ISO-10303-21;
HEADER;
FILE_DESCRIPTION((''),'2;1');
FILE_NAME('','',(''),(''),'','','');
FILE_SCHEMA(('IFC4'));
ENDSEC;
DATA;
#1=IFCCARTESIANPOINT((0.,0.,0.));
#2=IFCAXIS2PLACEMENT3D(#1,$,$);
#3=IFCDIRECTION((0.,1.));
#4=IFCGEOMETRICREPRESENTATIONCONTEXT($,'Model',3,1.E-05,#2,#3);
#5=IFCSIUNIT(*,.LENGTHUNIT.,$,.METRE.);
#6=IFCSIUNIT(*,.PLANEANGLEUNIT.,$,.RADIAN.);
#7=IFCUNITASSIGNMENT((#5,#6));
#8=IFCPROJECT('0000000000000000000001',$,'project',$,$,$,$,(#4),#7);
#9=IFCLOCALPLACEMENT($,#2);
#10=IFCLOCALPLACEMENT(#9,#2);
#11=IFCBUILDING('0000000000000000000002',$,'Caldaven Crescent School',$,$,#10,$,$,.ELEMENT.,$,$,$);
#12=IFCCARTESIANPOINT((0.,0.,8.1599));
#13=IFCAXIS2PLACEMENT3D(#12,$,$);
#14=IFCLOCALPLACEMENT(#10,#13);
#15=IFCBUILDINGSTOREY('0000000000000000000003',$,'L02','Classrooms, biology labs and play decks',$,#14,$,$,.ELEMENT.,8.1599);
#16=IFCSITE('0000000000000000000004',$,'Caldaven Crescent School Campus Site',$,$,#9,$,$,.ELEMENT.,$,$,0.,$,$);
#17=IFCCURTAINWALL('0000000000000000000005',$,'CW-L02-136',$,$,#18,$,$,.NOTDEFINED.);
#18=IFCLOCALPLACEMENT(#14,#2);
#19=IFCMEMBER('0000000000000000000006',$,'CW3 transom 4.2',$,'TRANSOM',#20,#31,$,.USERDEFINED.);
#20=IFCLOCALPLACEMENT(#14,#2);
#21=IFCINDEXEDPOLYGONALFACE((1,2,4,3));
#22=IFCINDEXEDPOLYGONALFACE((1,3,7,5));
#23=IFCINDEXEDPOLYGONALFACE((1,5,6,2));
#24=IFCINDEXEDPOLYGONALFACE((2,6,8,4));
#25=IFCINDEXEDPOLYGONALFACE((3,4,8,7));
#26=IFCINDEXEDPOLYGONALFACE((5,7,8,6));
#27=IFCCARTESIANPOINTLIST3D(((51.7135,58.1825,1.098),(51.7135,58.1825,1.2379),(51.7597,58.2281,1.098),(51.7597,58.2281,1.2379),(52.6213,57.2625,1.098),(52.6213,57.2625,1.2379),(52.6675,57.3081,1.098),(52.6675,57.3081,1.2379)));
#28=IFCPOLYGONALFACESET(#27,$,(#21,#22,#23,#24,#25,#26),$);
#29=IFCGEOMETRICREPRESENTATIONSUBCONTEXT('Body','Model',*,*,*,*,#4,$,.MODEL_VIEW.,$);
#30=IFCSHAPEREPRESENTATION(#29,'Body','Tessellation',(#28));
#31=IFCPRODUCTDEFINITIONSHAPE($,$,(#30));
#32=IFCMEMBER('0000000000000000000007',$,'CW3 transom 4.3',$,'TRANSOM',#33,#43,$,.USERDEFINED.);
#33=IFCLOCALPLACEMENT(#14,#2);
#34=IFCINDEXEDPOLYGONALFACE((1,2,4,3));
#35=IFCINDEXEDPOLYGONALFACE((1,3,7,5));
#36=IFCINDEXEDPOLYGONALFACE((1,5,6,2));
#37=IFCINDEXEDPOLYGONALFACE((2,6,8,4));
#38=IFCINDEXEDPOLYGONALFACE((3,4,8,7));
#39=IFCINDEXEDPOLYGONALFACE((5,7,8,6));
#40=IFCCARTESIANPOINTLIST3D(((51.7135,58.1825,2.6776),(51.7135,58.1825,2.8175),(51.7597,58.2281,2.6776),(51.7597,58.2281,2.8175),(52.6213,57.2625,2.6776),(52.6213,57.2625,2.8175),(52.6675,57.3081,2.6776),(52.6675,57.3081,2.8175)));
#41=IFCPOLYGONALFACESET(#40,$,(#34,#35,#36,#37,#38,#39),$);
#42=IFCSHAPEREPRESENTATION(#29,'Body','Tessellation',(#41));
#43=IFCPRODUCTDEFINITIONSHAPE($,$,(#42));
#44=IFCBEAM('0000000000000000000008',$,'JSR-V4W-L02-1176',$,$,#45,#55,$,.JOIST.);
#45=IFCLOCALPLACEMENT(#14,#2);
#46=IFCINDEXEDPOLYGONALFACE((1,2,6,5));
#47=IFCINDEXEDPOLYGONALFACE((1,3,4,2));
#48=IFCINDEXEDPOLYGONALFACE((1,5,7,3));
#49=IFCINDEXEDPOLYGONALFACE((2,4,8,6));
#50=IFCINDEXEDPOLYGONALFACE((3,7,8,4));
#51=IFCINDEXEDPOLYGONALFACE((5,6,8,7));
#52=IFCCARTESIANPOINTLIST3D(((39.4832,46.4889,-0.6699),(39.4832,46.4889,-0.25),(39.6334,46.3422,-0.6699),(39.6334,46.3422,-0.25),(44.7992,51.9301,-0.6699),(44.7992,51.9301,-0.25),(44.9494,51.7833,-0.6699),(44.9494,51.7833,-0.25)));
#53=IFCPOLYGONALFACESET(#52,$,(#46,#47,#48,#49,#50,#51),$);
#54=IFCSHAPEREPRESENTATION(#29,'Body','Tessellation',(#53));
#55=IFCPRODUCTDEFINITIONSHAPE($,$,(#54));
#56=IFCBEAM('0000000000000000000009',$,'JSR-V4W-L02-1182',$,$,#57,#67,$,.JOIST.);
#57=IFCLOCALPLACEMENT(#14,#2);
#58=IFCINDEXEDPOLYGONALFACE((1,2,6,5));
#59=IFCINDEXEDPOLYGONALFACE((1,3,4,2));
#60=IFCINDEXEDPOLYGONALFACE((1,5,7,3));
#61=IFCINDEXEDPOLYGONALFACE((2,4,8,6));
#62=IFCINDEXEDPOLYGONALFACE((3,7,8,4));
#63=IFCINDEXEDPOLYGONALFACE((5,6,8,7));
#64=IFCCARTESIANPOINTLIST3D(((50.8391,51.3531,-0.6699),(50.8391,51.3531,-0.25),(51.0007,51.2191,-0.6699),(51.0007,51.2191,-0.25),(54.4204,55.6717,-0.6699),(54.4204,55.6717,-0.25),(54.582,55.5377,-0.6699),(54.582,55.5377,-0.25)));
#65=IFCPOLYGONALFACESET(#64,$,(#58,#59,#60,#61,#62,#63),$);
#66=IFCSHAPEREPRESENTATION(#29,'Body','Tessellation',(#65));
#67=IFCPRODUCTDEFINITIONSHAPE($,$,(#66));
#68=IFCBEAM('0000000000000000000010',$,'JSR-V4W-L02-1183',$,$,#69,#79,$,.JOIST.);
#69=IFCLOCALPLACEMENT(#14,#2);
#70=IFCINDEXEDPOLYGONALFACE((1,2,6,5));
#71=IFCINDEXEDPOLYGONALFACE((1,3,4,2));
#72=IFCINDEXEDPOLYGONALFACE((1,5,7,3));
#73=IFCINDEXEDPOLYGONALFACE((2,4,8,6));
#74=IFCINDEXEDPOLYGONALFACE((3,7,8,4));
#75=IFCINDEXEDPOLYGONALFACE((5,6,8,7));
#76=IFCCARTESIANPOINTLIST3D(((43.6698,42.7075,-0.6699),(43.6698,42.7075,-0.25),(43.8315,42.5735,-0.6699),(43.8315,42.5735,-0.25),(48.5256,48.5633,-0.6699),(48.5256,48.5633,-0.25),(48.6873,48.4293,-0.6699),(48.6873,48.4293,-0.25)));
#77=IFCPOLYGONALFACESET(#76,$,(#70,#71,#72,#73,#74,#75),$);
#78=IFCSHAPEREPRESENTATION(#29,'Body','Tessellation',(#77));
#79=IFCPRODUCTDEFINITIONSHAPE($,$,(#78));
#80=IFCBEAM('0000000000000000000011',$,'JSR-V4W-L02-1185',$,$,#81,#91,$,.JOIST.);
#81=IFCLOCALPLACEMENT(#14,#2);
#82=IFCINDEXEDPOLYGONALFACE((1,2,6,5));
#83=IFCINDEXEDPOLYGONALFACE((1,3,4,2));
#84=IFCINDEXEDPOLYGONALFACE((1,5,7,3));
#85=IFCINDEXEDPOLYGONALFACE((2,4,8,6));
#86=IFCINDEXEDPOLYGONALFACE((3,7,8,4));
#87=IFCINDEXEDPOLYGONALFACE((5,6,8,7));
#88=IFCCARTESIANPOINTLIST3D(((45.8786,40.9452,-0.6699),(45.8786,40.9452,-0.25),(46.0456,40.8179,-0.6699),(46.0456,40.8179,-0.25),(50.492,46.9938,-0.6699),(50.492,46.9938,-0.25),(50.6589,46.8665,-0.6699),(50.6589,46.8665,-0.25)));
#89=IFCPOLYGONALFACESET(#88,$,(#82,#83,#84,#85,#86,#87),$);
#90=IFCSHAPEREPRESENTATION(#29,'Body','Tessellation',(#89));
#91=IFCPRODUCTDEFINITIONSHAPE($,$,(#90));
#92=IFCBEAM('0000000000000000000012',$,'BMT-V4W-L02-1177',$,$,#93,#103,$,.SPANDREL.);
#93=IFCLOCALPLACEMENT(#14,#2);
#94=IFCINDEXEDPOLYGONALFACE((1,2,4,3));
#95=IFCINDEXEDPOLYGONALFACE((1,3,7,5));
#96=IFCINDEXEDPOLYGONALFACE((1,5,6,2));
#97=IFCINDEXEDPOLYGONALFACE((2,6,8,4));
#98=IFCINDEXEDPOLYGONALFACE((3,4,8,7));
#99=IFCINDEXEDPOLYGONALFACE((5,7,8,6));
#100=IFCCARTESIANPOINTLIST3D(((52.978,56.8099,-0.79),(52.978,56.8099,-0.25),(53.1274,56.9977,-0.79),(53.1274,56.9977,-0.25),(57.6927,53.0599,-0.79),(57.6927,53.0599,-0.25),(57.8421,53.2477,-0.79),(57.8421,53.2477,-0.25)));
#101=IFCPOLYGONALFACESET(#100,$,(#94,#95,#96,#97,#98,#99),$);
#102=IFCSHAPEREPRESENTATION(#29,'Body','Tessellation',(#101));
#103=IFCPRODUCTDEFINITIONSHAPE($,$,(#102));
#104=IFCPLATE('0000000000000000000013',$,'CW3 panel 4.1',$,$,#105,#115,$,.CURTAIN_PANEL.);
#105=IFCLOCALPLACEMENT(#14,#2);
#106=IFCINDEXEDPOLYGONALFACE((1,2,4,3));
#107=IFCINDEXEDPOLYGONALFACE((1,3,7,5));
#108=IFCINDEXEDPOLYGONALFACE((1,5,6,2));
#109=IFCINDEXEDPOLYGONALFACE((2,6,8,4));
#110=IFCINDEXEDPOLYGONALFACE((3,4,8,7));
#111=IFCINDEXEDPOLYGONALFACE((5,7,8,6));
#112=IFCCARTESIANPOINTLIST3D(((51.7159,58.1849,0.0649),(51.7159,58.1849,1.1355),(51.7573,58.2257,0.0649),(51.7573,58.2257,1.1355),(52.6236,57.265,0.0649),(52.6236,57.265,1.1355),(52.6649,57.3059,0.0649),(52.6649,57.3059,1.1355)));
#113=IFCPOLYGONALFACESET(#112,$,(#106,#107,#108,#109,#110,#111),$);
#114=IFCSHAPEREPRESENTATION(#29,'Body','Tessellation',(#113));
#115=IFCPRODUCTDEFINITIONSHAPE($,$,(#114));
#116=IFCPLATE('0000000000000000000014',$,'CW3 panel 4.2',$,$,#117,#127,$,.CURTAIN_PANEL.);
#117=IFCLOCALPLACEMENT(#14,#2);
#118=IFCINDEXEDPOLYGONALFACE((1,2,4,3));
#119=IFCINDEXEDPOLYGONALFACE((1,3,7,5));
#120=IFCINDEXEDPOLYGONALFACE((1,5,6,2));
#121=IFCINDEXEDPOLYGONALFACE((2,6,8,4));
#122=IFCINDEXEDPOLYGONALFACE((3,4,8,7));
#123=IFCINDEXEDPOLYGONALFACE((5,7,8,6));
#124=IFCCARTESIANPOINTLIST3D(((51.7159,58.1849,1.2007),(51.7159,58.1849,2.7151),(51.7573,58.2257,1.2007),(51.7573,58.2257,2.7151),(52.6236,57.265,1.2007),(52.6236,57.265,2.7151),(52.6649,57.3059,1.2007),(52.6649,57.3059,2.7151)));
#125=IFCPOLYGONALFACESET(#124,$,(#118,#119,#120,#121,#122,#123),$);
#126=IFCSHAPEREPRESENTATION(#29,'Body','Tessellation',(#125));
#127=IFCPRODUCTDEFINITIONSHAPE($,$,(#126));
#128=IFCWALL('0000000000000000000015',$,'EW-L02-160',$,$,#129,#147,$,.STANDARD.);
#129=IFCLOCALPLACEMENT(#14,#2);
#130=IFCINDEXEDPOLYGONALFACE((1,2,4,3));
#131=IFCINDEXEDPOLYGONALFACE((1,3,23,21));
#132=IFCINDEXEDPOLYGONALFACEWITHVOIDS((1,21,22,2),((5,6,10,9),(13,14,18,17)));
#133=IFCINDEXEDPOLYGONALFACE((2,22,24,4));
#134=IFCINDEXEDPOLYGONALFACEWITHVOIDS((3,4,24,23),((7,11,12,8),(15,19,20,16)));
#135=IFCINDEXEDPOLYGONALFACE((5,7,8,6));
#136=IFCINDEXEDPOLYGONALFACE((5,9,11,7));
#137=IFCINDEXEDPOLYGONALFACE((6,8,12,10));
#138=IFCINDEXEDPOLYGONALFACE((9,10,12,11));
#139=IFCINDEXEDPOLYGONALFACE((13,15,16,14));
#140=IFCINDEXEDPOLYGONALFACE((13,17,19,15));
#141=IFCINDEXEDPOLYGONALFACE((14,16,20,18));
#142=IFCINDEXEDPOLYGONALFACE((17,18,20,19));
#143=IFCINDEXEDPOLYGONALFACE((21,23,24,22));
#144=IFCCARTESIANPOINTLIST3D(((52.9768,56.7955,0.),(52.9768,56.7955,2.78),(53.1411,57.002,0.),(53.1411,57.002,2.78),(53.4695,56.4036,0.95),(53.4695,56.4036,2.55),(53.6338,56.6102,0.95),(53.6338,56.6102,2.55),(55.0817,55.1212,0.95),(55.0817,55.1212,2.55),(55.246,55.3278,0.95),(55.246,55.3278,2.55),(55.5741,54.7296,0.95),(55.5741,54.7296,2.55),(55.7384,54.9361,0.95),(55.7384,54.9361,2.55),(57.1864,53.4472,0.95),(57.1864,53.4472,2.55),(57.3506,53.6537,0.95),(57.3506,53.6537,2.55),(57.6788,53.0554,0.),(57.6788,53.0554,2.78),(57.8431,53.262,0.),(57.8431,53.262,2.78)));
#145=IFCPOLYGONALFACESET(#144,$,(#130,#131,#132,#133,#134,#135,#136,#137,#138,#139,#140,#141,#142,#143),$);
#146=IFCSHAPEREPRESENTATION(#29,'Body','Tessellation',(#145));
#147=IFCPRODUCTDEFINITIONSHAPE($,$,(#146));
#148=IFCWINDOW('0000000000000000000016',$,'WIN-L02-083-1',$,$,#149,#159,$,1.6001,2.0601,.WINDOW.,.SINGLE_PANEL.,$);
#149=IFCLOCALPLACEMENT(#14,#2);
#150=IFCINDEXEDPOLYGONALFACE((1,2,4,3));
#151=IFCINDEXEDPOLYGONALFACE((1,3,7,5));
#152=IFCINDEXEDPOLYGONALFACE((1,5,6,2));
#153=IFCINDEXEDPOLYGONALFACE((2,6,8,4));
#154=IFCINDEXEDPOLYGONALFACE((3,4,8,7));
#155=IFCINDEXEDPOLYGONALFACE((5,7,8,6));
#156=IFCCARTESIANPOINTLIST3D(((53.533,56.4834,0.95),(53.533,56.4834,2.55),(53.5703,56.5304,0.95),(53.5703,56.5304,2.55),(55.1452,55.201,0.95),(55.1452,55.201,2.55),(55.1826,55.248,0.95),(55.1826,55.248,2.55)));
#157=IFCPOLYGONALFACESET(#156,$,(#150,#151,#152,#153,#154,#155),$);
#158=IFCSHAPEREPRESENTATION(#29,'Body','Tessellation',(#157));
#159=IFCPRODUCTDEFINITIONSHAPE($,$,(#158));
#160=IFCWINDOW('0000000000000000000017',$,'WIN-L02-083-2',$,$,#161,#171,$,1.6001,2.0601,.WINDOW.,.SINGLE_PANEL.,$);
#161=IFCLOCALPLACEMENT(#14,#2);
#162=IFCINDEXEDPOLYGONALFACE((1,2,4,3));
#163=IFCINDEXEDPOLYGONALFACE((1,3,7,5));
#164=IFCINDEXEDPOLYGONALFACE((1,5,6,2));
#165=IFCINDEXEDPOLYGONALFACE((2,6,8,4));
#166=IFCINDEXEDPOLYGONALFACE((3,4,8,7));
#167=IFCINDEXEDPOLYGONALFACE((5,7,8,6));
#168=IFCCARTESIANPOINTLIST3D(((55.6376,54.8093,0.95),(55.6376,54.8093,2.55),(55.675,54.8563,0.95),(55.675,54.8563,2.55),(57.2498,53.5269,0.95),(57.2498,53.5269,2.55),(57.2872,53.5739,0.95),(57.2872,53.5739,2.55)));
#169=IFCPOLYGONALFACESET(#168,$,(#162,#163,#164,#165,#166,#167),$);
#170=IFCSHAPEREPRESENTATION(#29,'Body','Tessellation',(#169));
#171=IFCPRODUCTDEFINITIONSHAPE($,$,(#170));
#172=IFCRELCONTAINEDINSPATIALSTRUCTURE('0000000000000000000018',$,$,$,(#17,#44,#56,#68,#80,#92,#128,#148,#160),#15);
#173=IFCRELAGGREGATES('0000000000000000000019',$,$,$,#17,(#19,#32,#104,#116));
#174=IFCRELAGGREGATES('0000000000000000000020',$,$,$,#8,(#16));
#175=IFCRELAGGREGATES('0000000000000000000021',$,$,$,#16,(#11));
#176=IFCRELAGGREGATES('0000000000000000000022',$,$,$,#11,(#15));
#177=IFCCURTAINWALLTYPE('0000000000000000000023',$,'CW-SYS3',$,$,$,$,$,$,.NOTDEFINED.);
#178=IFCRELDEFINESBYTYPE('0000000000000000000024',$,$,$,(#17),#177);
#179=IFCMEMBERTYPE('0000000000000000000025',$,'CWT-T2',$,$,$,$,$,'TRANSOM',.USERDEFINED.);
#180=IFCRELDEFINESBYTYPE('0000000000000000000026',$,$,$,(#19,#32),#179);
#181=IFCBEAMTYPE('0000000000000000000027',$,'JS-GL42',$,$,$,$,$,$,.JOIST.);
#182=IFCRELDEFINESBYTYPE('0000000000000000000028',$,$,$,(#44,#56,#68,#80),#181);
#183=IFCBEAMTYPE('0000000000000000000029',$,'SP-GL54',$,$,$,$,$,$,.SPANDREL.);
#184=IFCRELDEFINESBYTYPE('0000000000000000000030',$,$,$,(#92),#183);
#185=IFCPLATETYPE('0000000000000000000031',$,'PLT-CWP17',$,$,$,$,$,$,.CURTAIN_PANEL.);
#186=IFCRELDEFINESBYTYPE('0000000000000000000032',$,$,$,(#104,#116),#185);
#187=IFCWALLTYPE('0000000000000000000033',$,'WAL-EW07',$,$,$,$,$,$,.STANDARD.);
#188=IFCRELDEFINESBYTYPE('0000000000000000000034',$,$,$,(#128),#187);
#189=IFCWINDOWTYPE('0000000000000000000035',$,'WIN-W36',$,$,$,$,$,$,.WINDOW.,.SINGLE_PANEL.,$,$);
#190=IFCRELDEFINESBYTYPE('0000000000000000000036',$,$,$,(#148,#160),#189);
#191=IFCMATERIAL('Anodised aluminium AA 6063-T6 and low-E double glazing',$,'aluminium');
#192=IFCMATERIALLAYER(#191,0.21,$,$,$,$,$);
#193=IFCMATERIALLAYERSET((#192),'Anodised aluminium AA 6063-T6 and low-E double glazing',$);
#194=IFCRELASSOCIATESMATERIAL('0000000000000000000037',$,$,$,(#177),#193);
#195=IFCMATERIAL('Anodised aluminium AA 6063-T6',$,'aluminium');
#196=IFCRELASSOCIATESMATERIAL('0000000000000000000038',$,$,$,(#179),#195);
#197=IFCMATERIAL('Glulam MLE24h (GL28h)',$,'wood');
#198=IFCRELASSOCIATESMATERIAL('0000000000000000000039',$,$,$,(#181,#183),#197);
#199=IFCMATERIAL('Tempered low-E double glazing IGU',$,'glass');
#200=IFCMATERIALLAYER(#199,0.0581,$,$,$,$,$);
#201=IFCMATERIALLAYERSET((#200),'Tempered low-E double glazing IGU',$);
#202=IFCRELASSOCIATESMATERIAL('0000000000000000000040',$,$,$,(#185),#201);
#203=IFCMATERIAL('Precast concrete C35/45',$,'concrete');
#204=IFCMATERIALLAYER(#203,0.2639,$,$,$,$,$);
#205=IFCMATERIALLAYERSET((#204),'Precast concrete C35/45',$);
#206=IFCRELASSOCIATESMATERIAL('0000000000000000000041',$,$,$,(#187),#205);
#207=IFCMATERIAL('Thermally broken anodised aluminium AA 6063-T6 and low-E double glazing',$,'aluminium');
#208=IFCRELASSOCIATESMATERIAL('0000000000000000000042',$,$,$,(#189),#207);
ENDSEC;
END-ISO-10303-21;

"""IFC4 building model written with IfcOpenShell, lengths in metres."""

from ifc_helpers import new_model, si_unit, direction, frame, frame_2d, origin, origin_2d, place, context, subcontext, project, spatial, rectangle, extrude, material, layer, layer_set, material_profile, profile_set, type_object, element, fill, aggregate, save


model = new_model("IFC4")

# Units and contexts
model_context = context("Model", 3, precision=1e-05, world=origin(), true_north=direction((0.0, 1.0)))
body_context = subcontext(model_context, "Body", "Model", "MODEL_VIEW")
ifc_project = project(units=[si_unit("LENGTHUNIT", "METRE"), si_unit("PLANEANGLEUNIT", "RADIAN")], contexts=[model_context])

# Site, building, storey
site_placement = place(None, origin())
site = spatial("IfcSite", under=ifc_project, at=site_placement, Name="Caldaven Crescent School Campus Site", CompositionType="ELEMENT", RefElevation=0.0)
building_placement = place(site_placement, origin())
building = spatial("IfcBuilding", under=site, at=building_placement, Name="Caldaven Crescent School", CompositionType="ELEMENT")
storey_placement = place(building_placement, frame((0.0, 0.0, 8.1599)))
storey = spatial("IfcBuildingStorey", under=building, at=storey_placement, Name="L02", Description="Classrooms, biology labs and play decks", CompositionType="ELEMENT", Elevation=8.1599)

# Shared definitions
ifc_material_1 = material(Name="Glulam MLE24h (GL28h)", Category="wood")

# Curtain wall, members
ifc_material_2 = material(Name="Anodised aluminium AA 6063-T6 and low-E double glazing", Category="aluminium")
ifc_layer_1 = layer(ifc_material_2, 0.21)
ifc_layer_set_1 = layer_set([ifc_layer_1], Name="Anodised aluminium AA 6063-T6 and low-E double glazing")
curtain_wall_type = type_object("IfcCurtainWallType", Name="CW-SYS3", PredefinedType="NOTDEFINED", material=ifc_layer_set_1)
curtain_wall_placement = place(storey_placement, origin())
curtain_wall = element("IfcCurtainWall", 1, at=curtain_wall_placement, inside=storey, type_object=curtain_wall_type, Name="CW-L02-136", PredefinedType="NOTDEFINED")
ifc_material_3 = material(Name="Anodised aluminium AA 6063-T6", Category="aluminium")
ifc_material_profile_1 = material_profile(ifc_material_3, rectangle(XDim=0.0649, YDim=0.1399, at=origin_2d()), Name="CWT 65x140")
ifc_profile_set_1 = profile_set([ifc_material_profile_1], Name="Anodised aluminium AA 6063-T6")
member_type_1 = type_object("IfcMemberType", Name="CWT-T2", ElementType="TRANSOM", PredefinedType="USERDEFINED", material=ifc_profile_set_1)
member_1_placement = place(storey_placement, frame((51.7366, 58.2053, 1.168), z_axis=(0.702368, -0.711814, 0.0), x_axis=(0.711814, 0.702368, 0.0)))
member_1 = element("IfcMember", 2, at=member_1_placement, type_object=member_type_1, Name="CW3 transom 4.2", ObjectType="TRANSOM", PredefinedType="USERDEFINED", context=body_context, shape_type="SweptSolid", body=[
    extrude(rectangle(XDim=0.0649, YDim=0.1399, at=origin_2d()), origin(), (0.0, 0.0, 1.0), 1.2925),
])
member_2_placement = place(storey_placement, frame((51.7366, 58.2053, 2.7476), z_axis=(0.702368, -0.711814, 0.0), x_axis=(0.711814, 0.702368, 0.0)))
member_2 = element("IfcMember", 3, at=member_2_placement, type_object=member_type_1, Name="CW3 transom 4.3", ObjectType="TRANSOM", PredefinedType="USERDEFINED", context=body_context, shape_type="SweptSolid", body=[
    extrude(rectangle(XDim=0.0649, YDim=0.1399, at=origin_2d()), origin(), (0.0, 0.0, 1.0), 1.2925),
])

# Beams
ifc_material_profile_2 = material_profile(ifc_material_1, rectangle(XDim=0.21, YDim=0.4199, at=origin_2d()), Name="MLE 210x420")
ifc_profile_set_2 = profile_set([ifc_material_profile_2], Name="Glulam MLE24h (GL28h)")
beam_type_1 = type_object("IfcBeamType", Name="JS-GL42", PredefinedType="JOIST", material=ifc_profile_set_2)
beam_1_placement = place(storey_placement, frame((44.8743, 51.8567, -0.46), z_axis=(-0.698827, -0.715291, 0.0), x_axis=(0.715291, -0.698827, 0.0)))
element("IfcBeam", 4, at=beam_1_placement, inside=storey, type_object=beam_type_1, Name="JSR-V4W-L02-1176", PredefinedType="JOIST", context=body_context, shape_type="SweptSolid", body=[
    extrude(rectangle(XDim=0.21, YDim=0.4199, at=origin_2d()), origin(), (0.0, 0.0, 1.0), 7.6069),
])
beam_2_placement = place(storey_placement, frame((54.5012, 55.6047, -0.46), z_axis=(-0.638338, -0.769756, 0.0), x_axis=(0.769756, -0.638338, 0.0)))
element("IfcBeam", 5, at=beam_2_placement, inside=storey, type_object=beam_type_1, Name="JSR-V4W-L02-1182", PredefinedType="JOIST", context=body_context, shape_type="SweptSolid", body=[
    extrude(rectangle(XDim=0.21, YDim=0.4199, at=origin_2d()), origin(), (0.0, 0.0, 1.0), 5.6104),
])
for number, where, z_axis, x_axis, name in (
    (6, (48.6064, 48.4963, -0.46), (-0.638317, -0.769774, 0.0), (0.769774, -0.638317, 0.0), "JSR-V4W-L02-1183"),
    (7, (50.5754, 46.9302, -0.46), (-0.606445, -0.795125, 0.0), (0.795125, -0.606445, 0.0), "JSR-V4W-L02-1185"),
):
    element("IfcBeam", number, at=place(storey_placement, frame(where, z_axis=z_axis, x_axis=x_axis)), inside=storey, type_object=beam_type_1, Name=name, PredefinedType="JOIST", context=body_context, shape_type="SweptSolid", body=[
        extrude(rectangle(XDim=0.21, YDim=0.4199, at=origin_2d()), origin(), (0.0, 0.0, 1.0), 7.6072),
    ])
ifc_material_profile_3 = material_profile(ifc_material_1, rectangle(XDim=0.24, YDim=0.54, at=origin_2d()), Name="MLE 240x540")
ifc_profile_set_3 = profile_set([ifc_material_profile_3], Name="Glulam MLE24h (GL28h)")
beam_type_2 = type_object("IfcBeamType", Name="SP-GL54", PredefinedType="SPANDREL", material=ifc_profile_set_3)
beam_3_placement = place(storey_placement, frame((53.0527, 56.9038, -0.52), z_axis=(0.782621, -0.622498, 0.0), x_axis=(0.622498, 0.782621, 0.0)))
element("IfcBeam", 8, at=beam_3_placement, inside=storey, type_object=beam_type_2, Name="BMT-V4W-L02-1177", PredefinedType="SPANDREL", context=body_context, shape_type="SweptSolid", body=[
    extrude(rectangle(XDim=0.24, YDim=0.54, at=origin_2d()), origin(), (0.0, 0.0, 1.0), 6.0242),
])

# Plates
ifc_material_4 = material(Name="Tempered low-E double glazing IGU", Category="glass")
ifc_layer_2 = layer(ifc_material_4, 0.0581)
ifc_layer_set_2 = layer_set([ifc_layer_2], Name="Tempered low-E double glazing IGU")
plate_type = type_object("IfcPlateType", Name="PLT-CWP17", PredefinedType="CURTAIN_PANEL", material=ifc_layer_set_2)
plate_1_placement = place(storey_placement, frame((52.1904, 57.7454, 0.0649), z_axis=(0.0, 0.0, 1.0), x_axis=(0.70237, -0.711812, 0.0)))
plate_1 = element("IfcPlate", 9, at=plate_1_placement, type_object=plate_type, Name="CW3 panel 4.1", PredefinedType="CURTAIN_PANEL", context=body_context, shape_type="SweptSolid", body=[
    extrude(rectangle(XDim=1.2922, YDim=0.0581, at=origin_2d()), origin(), (0.0, 0.0, 1.0), 1.0706),
])
plate_2_placement = place(storey_placement, frame((52.1904, 57.7454, 1.2007), z_axis=(0.0, 0.0, 1.0), x_axis=(0.70237, -0.711812, 0.0)))
plate_2 = element("IfcPlate", 10, at=plate_2_placement, type_object=plate_type, Name="CW3 panel 4.2", PredefinedType="CURTAIN_PANEL", context=body_context, shape_type="SweptSolid", body=[
    extrude(rectangle(XDim=1.2922, YDim=0.0581, at=origin_2d()), origin(), (0.0, 0.0, 1.0), 1.5144),
])
aggregate(curtain_wall, [member_1, member_2, plate_1, plate_2])

# Wall, openings, windows
ifc_material_5 = material(Name="Precast concrete C35/45", Category="concrete")
ifc_layer_3 = layer(ifc_material_5, 0.2639)
ifc_layer_set_3 = layer_set([ifc_layer_3], Name="Precast concrete C35/45")
wall_type_1 = type_object("IfcWallType", Name="WAL-EW07", PredefinedType="STANDARD", material=ifc_layer_set_3)
wall_1_placement = place(storey_placement, frame((53.0591, 56.8987, 0.0), z_axis=(0.0, 0.0, 1.0), x_axis=(0.782614, -0.622507, 0.0)))
wall_1 = element("IfcWall", 11, at=wall_1_placement, inside=storey, type_object=wall_type_1, Name="EW-L02-160", PredefinedType="STANDARD", context=body_context, shape_type="SweptSolid", body=[
    extrude(rectangle(XDim=6.0081, YDim=0.2639, at=frame_2d((3.0039, 0.0))), origin(), (0.0, 0.0, 1.0), 2.78),
])
opening_1_placement = place(wall_1_placement, frame((0.6294, 0.0, 0.95)))
opening_1 = element("IfcOpeningElement", 12, at=opening_1_placement, cuts=wall_1, PredefinedType="OPENING", context=body_context, shape_type="SweptSolid", body=[
    extrude(rectangle(XDim=2.0601, YDim=1.6001, at=frame_2d((1.03, 0.8))), frame((0.0, 0.1418, 0.0), z_axis=(0.0, -1.0, 0.0), x_axis=(1.0, 0.0, 0.0)), (0.0, 0.0, 1.0), 0.2839),
])
opening_2_placement = place(wall_1_placement, frame((3.3186, 0.0, 0.95)))
opening_2 = element("IfcOpeningElement", 13, at=opening_2_placement, cuts=wall_1, PredefinedType="OPENING", context=body_context, shape_type="SweptSolid", body=[
    extrude(rectangle(XDim=2.0601, YDim=1.6001, at=frame_2d((1.03, 0.8))), frame((0.0, 0.1418, 0.0), z_axis=(0.0, -1.0, 0.0), x_axis=(1.0, 0.0, 0.0)), (0.0, 0.0, 1.0), 0.2839),
])
ifc_material_6 = material(Name="Thermally broken anodised aluminium AA 6063-T6 and low-E double glazing", Category="aluminium")
window_type = type_object("IfcWindowType", Name="WIN-W36", PartitioningType="SINGLE_PANEL", PredefinedType="WINDOW", material=ifc_material_6)
window_1_placement = place(opening_1_placement, origin())
window_1 = element("IfcWindow", 14, at=window_1_placement, inside=storey, type_object=window_type, Name="WIN-L02-083-1", OverallHeight=1.6001, OverallWidth=2.0601, PartitioningType="SINGLE_PANEL", PredefinedType="WINDOW", context=body_context, shape_type="SweptSolid", body=[
    extrude(rectangle(XDim=2.0601, YDim=1.6001, at=frame_2d((1.03, 0.8))), frame((0.0, 0.03, 0.0), z_axis=(0.0, -1.0, 0.0), x_axis=(1.0, 0.0, 0.0)), (0.0, 0.0, 1.0), 0.0601),
])
fill(opening_1, window_1)
window_2_placement = place(opening_2_placement, origin())
window_2 = element("IfcWindow", 15, at=window_2_placement, inside=storey, type_object=window_type, Name="WIN-L02-083-2", OverallHeight=1.6001, OverallWidth=2.0601, PartitioningType="SINGLE_PANEL", PredefinedType="WINDOW", context=body_context, shape_type="SweptSolid", body=[
    extrude(rectangle(XDim=2.0601, YDim=1.6001, at=frame_2d((1.03, 0.8))), frame((0.0, 0.03, 0.0), z_axis=(0.0, -1.0, 0.0), x_axis=(1.0, 0.0, 0.0)), (0.0, 0.0, 1.0), 0.0601),
])
fill(opening_2, window_2)

save(model, "model.ifc")
